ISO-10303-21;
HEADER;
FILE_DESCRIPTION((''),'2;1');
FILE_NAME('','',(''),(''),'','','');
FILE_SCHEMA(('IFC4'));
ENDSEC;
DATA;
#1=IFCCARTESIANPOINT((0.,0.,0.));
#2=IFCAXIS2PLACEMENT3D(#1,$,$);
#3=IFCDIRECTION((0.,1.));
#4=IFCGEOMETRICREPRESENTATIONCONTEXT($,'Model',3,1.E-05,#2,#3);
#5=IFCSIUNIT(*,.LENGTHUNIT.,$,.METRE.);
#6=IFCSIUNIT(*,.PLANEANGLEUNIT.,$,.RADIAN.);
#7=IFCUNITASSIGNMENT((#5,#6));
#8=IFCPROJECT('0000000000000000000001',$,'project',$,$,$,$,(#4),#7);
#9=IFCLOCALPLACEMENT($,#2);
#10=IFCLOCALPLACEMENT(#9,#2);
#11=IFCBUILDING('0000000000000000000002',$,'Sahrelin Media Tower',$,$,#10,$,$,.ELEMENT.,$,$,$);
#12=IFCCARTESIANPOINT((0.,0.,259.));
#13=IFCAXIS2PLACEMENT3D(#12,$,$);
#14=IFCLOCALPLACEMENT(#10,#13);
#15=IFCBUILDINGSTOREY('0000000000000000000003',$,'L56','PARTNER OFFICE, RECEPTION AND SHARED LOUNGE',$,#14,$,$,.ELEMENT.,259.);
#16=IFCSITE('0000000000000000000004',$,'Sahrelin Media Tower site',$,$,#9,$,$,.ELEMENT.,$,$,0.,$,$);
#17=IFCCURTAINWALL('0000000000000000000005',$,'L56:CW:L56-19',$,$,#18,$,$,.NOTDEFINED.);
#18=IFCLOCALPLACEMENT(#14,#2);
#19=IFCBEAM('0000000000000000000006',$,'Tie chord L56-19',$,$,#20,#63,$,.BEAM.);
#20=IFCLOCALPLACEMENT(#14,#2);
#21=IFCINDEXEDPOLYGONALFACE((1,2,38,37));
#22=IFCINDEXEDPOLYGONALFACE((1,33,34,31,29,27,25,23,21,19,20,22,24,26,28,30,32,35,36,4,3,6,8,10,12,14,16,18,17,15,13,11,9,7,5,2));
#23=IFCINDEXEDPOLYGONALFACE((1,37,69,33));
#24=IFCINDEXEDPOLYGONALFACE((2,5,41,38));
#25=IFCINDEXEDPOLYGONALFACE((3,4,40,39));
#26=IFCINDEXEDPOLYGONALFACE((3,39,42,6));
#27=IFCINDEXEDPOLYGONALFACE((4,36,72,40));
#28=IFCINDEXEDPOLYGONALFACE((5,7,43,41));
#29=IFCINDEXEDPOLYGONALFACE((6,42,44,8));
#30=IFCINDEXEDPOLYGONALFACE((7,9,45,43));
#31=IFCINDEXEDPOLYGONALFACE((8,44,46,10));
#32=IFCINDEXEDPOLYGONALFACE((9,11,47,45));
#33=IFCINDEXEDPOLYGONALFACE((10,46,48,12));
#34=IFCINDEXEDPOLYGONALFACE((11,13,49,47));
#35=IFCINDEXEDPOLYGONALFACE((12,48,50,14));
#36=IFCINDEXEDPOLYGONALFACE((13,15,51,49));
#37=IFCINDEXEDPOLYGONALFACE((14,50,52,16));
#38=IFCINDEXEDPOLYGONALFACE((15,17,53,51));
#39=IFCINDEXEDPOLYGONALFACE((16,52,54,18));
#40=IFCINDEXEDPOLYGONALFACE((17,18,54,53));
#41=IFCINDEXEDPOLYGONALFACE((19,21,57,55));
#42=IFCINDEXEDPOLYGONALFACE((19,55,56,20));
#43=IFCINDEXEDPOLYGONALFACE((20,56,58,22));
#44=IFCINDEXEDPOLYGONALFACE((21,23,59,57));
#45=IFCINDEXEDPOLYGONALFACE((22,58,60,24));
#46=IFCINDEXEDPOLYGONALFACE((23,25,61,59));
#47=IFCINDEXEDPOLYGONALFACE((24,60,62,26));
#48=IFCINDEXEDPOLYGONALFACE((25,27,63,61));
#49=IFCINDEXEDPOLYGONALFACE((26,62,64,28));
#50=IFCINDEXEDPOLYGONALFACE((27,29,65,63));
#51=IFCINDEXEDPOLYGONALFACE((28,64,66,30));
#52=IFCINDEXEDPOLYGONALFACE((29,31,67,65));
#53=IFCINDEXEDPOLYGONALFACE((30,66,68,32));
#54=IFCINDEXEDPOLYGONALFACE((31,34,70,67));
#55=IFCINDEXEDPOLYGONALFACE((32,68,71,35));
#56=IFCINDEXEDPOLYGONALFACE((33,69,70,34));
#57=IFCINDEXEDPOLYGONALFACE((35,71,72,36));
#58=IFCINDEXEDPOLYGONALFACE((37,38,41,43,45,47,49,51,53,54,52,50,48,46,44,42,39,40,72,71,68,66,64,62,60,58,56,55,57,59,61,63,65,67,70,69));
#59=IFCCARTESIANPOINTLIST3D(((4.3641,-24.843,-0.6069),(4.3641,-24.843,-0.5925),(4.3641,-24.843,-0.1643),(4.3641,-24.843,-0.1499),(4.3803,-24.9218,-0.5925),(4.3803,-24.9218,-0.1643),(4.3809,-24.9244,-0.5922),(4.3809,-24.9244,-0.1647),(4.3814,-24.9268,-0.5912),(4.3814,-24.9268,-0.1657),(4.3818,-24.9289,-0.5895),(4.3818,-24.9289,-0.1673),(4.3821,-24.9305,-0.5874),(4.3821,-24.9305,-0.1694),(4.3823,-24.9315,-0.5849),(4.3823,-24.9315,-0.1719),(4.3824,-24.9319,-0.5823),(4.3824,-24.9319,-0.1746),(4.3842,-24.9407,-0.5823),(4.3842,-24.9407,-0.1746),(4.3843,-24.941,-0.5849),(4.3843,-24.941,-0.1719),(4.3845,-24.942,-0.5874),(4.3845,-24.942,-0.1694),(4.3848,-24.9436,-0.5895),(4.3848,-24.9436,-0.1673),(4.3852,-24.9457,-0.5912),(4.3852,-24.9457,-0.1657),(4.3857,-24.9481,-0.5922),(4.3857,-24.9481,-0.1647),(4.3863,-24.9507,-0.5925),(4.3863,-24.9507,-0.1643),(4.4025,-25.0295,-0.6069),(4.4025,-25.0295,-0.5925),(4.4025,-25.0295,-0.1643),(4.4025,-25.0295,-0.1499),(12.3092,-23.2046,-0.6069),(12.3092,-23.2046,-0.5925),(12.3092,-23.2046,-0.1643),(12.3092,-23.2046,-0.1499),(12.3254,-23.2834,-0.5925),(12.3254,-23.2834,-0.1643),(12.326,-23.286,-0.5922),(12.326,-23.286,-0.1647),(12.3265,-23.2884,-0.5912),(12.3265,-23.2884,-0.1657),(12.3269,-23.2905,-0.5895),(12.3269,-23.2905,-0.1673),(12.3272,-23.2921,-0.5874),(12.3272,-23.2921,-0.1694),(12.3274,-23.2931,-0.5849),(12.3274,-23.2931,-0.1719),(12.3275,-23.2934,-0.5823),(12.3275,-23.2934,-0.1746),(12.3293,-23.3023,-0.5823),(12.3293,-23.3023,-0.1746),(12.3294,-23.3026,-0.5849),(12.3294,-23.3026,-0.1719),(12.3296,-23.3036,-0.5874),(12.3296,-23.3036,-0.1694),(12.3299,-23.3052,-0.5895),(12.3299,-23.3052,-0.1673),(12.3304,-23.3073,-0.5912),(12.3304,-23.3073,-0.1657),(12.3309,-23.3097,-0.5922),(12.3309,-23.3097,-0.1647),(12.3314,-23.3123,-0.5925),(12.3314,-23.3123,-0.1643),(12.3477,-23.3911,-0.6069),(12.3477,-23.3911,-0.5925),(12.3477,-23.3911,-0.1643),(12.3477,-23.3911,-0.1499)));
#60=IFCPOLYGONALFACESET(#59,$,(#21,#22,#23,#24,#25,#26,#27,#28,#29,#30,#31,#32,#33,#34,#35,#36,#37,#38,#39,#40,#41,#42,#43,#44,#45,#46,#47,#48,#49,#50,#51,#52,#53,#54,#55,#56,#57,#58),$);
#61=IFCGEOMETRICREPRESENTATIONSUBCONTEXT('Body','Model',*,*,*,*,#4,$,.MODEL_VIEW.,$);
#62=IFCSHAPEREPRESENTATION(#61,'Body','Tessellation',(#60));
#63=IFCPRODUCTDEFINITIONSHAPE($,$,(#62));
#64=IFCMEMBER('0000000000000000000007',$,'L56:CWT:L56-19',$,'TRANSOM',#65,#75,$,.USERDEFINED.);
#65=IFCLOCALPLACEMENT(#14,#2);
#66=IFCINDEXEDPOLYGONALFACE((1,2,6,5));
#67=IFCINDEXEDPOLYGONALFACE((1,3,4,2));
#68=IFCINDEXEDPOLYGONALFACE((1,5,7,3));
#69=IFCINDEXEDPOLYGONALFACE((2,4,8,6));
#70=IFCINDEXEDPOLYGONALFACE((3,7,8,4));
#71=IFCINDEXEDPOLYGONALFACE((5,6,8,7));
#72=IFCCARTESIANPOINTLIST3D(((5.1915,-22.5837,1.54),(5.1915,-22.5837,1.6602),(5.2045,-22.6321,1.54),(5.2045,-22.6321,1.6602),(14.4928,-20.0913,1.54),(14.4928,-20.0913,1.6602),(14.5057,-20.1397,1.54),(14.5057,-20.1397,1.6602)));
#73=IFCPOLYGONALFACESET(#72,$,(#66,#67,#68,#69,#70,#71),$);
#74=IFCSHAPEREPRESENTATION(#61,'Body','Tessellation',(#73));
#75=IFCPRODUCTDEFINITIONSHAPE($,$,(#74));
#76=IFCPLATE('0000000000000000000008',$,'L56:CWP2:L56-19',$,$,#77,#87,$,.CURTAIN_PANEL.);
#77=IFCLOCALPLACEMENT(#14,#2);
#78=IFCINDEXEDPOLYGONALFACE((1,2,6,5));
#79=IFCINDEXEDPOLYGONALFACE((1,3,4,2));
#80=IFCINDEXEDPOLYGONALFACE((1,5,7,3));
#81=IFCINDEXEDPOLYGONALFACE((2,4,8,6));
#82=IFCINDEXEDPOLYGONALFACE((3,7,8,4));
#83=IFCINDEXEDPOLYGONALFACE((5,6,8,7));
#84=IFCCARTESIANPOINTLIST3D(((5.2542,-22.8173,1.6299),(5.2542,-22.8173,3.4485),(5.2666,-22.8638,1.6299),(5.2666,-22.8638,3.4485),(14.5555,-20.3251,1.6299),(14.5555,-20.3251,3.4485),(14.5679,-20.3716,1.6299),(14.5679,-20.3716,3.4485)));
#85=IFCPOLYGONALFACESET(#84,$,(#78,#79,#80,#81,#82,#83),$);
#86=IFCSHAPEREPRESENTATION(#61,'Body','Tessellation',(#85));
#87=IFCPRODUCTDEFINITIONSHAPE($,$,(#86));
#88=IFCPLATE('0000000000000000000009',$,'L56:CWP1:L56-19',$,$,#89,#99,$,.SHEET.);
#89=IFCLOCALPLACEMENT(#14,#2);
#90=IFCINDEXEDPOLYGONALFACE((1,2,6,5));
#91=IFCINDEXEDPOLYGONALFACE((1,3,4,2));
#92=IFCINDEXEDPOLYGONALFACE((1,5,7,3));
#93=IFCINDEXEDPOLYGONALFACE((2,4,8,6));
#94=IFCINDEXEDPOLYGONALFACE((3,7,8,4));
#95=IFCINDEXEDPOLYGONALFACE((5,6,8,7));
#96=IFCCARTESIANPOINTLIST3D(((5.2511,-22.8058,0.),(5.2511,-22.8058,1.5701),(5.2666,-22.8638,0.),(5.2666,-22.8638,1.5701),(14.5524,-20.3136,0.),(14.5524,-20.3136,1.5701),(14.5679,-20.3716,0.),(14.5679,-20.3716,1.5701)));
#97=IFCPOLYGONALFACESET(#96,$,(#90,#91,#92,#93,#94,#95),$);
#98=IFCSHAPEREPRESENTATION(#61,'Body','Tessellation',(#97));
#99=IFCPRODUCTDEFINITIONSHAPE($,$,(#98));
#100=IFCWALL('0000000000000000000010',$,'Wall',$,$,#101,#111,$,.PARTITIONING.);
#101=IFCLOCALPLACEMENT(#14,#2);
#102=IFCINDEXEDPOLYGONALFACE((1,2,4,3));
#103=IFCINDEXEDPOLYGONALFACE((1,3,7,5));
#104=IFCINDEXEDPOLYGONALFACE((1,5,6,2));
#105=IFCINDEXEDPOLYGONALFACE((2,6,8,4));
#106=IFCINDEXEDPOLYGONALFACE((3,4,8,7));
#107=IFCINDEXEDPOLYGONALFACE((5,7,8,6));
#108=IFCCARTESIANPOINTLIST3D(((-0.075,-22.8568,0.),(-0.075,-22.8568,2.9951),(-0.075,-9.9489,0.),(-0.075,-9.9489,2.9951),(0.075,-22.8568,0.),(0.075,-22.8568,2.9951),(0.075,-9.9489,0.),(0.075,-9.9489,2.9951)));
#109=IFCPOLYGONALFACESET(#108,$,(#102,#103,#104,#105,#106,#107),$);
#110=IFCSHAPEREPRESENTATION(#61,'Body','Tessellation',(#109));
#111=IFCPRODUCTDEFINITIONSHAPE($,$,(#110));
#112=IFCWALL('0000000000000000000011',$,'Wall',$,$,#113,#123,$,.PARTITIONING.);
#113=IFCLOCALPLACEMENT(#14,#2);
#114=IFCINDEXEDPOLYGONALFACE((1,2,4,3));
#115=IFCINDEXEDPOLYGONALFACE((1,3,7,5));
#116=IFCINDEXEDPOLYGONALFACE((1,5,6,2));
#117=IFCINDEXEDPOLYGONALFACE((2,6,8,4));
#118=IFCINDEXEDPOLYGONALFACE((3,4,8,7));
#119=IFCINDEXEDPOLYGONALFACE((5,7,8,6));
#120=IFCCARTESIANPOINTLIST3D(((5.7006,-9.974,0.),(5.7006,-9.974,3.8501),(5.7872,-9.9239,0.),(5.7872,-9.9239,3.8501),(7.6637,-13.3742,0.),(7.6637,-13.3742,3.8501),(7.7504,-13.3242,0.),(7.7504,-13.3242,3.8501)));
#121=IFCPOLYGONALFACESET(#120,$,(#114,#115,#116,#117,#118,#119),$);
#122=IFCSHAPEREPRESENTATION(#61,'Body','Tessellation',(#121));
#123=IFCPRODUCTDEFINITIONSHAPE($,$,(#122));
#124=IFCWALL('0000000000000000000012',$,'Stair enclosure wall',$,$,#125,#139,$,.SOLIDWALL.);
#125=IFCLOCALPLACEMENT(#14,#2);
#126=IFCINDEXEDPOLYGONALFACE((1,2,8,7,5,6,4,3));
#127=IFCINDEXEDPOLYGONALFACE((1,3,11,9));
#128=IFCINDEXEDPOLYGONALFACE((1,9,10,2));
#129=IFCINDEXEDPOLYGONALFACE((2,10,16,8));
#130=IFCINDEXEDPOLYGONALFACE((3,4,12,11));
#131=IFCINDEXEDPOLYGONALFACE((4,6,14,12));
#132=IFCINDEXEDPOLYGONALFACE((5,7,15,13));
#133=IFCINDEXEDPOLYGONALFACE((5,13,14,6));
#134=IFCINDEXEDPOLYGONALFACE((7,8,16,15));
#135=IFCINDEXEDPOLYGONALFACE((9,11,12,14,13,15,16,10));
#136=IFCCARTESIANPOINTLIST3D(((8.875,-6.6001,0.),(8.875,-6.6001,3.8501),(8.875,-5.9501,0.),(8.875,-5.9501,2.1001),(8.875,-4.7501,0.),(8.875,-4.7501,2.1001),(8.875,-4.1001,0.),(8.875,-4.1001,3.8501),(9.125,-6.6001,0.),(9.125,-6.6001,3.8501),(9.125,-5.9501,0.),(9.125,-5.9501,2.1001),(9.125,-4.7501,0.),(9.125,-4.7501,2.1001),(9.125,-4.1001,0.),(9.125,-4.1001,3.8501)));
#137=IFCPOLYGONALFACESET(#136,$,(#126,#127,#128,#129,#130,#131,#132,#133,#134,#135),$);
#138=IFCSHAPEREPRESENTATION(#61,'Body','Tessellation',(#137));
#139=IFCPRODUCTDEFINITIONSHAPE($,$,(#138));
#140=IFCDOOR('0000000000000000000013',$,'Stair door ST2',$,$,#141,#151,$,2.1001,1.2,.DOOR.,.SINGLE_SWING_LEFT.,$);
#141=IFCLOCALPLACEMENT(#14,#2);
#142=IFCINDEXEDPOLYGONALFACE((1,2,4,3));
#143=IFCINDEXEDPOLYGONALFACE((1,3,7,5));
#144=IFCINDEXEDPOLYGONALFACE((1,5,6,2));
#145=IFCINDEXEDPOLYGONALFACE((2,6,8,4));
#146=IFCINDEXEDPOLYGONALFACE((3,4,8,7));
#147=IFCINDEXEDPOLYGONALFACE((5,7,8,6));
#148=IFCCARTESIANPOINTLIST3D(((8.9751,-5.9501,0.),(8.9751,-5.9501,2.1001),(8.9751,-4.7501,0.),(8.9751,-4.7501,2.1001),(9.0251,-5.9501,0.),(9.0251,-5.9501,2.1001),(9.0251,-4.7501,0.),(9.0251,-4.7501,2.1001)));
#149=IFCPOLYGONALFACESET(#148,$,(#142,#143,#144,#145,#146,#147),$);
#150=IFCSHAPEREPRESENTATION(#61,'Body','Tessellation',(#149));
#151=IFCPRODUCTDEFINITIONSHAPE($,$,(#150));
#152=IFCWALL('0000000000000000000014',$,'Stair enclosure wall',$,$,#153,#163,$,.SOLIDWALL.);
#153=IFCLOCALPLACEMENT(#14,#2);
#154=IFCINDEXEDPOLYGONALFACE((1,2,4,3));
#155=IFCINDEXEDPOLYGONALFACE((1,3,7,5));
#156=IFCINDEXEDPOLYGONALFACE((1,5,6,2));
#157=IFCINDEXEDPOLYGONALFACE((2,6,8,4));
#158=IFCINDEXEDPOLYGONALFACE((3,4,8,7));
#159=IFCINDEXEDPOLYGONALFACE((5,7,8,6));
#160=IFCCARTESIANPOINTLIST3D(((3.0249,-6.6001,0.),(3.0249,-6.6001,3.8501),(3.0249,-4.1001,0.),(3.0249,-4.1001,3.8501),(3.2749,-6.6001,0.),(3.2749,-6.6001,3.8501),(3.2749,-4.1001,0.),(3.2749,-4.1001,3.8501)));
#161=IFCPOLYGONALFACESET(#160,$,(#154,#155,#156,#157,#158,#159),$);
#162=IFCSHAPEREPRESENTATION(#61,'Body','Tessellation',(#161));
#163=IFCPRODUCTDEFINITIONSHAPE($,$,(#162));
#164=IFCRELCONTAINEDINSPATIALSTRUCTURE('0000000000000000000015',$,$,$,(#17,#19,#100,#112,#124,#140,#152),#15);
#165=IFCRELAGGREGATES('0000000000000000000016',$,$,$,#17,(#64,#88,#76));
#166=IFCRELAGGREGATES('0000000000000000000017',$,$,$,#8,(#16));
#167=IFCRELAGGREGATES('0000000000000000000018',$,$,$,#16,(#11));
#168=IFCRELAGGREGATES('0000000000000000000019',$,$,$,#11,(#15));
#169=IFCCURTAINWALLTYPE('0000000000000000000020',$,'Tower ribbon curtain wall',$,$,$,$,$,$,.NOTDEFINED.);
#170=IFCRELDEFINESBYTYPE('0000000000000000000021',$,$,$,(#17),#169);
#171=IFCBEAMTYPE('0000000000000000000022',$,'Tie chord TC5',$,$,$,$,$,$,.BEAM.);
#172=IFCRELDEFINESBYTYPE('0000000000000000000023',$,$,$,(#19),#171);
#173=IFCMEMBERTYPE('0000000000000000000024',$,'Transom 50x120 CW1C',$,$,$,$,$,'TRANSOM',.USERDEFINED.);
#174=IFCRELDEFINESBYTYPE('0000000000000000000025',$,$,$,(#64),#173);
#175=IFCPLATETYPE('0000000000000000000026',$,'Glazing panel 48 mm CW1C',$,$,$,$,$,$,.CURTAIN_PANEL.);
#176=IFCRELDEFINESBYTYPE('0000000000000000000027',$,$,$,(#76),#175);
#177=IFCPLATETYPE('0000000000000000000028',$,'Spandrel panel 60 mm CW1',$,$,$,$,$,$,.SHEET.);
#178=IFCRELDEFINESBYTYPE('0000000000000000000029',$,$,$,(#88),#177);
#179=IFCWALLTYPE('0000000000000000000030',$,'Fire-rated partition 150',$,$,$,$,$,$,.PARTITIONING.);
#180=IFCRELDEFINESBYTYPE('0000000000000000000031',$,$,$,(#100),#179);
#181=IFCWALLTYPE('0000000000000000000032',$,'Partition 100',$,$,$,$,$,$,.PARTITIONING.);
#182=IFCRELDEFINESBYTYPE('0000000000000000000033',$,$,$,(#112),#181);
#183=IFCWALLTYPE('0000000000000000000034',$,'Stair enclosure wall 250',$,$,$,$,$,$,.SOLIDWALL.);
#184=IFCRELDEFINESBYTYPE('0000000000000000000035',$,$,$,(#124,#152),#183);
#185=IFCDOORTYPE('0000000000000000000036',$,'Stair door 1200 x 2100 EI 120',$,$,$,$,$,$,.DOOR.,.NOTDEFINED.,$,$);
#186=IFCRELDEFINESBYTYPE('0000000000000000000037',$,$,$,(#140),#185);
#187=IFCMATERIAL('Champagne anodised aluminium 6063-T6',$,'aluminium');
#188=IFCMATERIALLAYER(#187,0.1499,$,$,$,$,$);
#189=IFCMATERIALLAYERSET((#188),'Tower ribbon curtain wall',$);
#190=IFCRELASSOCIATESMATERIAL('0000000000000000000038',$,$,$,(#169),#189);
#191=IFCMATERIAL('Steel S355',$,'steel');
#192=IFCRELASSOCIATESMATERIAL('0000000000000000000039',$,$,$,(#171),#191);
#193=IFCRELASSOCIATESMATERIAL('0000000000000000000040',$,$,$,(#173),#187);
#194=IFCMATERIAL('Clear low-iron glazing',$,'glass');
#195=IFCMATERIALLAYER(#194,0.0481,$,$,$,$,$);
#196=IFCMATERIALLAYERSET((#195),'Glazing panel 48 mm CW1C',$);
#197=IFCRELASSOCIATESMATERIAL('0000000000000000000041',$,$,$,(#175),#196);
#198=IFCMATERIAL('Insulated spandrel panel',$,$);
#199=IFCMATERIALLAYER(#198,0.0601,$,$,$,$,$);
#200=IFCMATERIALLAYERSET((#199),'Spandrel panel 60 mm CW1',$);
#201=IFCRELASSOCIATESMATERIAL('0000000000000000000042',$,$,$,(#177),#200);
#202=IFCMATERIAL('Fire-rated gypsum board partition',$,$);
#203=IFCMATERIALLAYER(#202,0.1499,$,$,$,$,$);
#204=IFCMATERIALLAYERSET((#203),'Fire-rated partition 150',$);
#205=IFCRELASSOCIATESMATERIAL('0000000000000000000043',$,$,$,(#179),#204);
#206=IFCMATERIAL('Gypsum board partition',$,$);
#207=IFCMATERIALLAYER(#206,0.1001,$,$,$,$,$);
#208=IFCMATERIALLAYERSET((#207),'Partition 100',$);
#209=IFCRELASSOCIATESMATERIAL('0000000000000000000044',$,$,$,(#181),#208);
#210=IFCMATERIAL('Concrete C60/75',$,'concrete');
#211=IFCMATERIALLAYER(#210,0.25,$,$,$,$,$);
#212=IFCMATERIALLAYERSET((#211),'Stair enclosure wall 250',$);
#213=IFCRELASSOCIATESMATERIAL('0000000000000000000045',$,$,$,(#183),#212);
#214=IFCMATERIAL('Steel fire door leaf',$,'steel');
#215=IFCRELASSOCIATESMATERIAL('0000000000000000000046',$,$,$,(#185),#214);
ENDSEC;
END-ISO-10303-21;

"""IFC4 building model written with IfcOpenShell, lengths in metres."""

from ifc_helpers import new_model, si_unit, direction, frame, frame_2d, origin, origin_2d, place, context, subcontext, project, spatial, polyline, rectangle, i_section, outline, extrude, material, layer, layer_set, material_profile, profile_set, type_object, element, fill, aggregate, save


model = new_model("IFC4")

# Units and contexts
model_context = context("Model", 3, precision=1e-05, world=origin(), true_north=direction((0.0, 1.0)))
body_context = subcontext(model_context, "Body", "Model", "MODEL_VIEW")
ifc_project = project(units=[si_unit("LENGTHUNIT", "METRE"), si_unit("PLANEANGLEUNIT", "RADIAN")], contexts=[model_context])

# Site, building, storey
site_placement = place(None, origin())
site = spatial("IfcSite", under=ifc_project, at=site_placement, Name="Sahrelin Media Tower site", CompositionType="ELEMENT", RefElevation=0.0)
building_placement = place(site_placement, origin())
building = spatial("IfcBuilding", under=site, at=building_placement, Name="Sahrelin Media Tower", CompositionType="ELEMENT")
storey_placement = place(building_placement, frame((0.0, 0.0, 259.0)))
storey = spatial("IfcBuildingStorey", under=building, at=storey_placement, Name="L56", Description="PARTNER OFFICE, RECEPTION AND SHARED LOUNGE", CompositionType="ELEMENT", Elevation=259.0)

# Shared definitions
ifc_material_1 = material(Name="Steel S355", Category="steel")

# Curtain wall
ifc_material_2 = material(Name="Champagne anodised aluminium 6063-T6", Category="aluminium")
ifc_layer_1 = layer(ifc_material_2, 0.1499)
ifc_layer_set_1 = layer_set([ifc_layer_1], Name="Tower ribbon curtain wall")
curtain_wall_type = type_object("IfcCurtainWallType", Name="Tower ribbon curtain wall", PredefinedType="NOTDEFINED", material=ifc_layer_set_1)
curtain_wall_1_placement = place(storey_placement, frame((9.9121, -21.5984, 0.0), z_axis=(0.0, 0.0, 1.0), x_axis=(1.0, 0.0, 0.0)))
curtain_wall_1 = element("IfcCurtainWall", 1, at=curtain_wall_1_placement, inside=storey, type_object=curtain_wall_type, Name="L56:CW:L56-19", PredefinedType="NOTDEFINED")

# Beam
ifc_material_profile_1 = material_profile(ifc_material_1, i_section(OverallWidth=0.1904, OverallDepth=0.457, WebThickness=0.009, FlangeThickness=0.0144, FilletRadius=0.0103, at=origin_2d()), Name="UB 457x191x74")
ifc_profile_set_1 = profile_set([ifc_material_profile_1], Name="Steel S355")
beam_type_1 = type_object("IfcBeamType", Name="Tie chord TC5", PredefinedType="BEAM", material=ifc_profile_set_1)
beam_1_placement = place(storey_placement, frame((4.3833, -24.9363, -0.3784), z_axis=(0.979392, 0.20197, 0.0), x_axis=(-0.20197, 0.979392, 0.0)))
element("IfcBeam", 2, at=beam_1_placement, inside=storey, type_object=beam_type_1, Name="Tie chord L56-19", PredefinedType="BEAM", context=body_context, shape_type="SweptSolid", body=[
    extrude(i_section(OverallWidth=0.1904, OverallDepth=0.457, WebThickness=0.009, FlangeThickness=0.0144, FilletRadius=0.0103, at=origin_2d()), origin(), (0.0, 0.0, 1.0), 8.1123),
])

# Member
ifc_material_profile_2 = material_profile(ifc_material_2, rectangle(XDim=0.05, YDim=0.1201, at=origin_2d()), Name="Transom 50x120")
ifc_profile_set_2 = profile_set([ifc_material_profile_2], Name="Champagne anodised aluminium 6063-T6")
member_type_1 = type_object("IfcMemberType", Name="Transom 50x120 CW1C", ElementType="TRANSOM", PredefinedType="USERDEFINED", material=ifc_profile_set_2)
member_1_placement = place(storey_placement, frame((5.198, -22.6079, 1.6001), z_axis=(0.965922, 0.258835, 0.0), x_axis=(-0.258835, 0.965922, 0.0)))
member_1 = element("IfcMember", 3, at=member_1_placement, type_object=member_type_1, Name="L56:CWT:L56-19", ObjectType="TRANSOM", PredefinedType="USERDEFINED", context=body_context, shape_type="SweptSolid", body=[
    extrude(rectangle(XDim=0.05, YDim=0.1201, at=origin_2d()), origin(), (0.0, 0.0, 1.0), 9.6294),
])

# Plates
ifc_material_3 = material(Name="Clear low-iron glazing", Category="glass")
ifc_layer_2 = layer(ifc_material_3, 0.0481)
ifc_layer_set_2 = layer_set([ifc_layer_2], Name="Glazing panel 48 mm CW1C")
plate_type_1 = type_object("IfcPlateType", Name="Glazing panel 48 mm CW1C", PredefinedType="CURTAIN_PANEL", material=ifc_layer_set_2)
plate_1_placement = place(storey_placement, frame((5.2666, -22.8638, 1.6299), z_axis=(0.258811, -0.965928, 0.0), x_axis=(0.965928, 0.258811, 0.0)))
plate_1 = element("IfcPlate", 4, at=plate_1_placement, type_object=plate_type_1, Name="L56:CWP2:L56-19", PredefinedType="CURTAIN_PANEL", context=body_context, shape_type="SweptSolid", body=[
    extrude(outline(polyline([(0.0, 0.0), (9.6294, 0.0), (9.6294, 1.8186), (0.0, 1.8186), (0.0, 0.0)])), origin(), (0.0, 0.0, -1.0), 0.0481),
])
ifc_material_4 = material(Name="Insulated spandrel panel")
ifc_layer_3 = layer(ifc_material_4, 0.0601)
ifc_layer_set_3 = layer_set([ifc_layer_3], Name="Spandrel panel 60 mm CW1")
plate_type_2 = type_object("IfcPlateType", Name="Spandrel panel 60 mm CW1", PredefinedType="SHEET", material=ifc_layer_set_3)
plate_2_placement = place(storey_placement, frame((5.2666, -22.8638, 0.0), z_axis=(0.258811, -0.965928, 0.0), x_axis=(0.965928, 0.258811, 0.0)))
plate_2 = element("IfcPlate", 5, at=plate_2_placement, type_object=plate_type_2, Name="L56:CWP1:L56-19", PredefinedType="SHEET", context=body_context, shape_type="SweptSolid", body=[
    extrude(outline(polyline([(0.0, 0.0), (9.6294, 0.0), (9.6294, 1.5701), (0.0, 1.5701), (0.0, 0.0)])), origin(), (0.0, 0.0, -1.0), 0.0601),
])
aggregate(curtain_wall_1, [member_1, plate_2, plate_1])

# Walls
ifc_material_5 = material(Name="Fire-rated gypsum board partition")
ifc_layer_4 = layer(ifc_material_5, 0.1499)
ifc_layer_set_4 = layer_set([ifc_layer_4], Name="Fire-rated partition 150")
wall_type_1 = type_object("IfcWallType", Name="Fire-rated partition 150", PredefinedType="PARTITIONING", material=ifc_layer_set_4)
wall_1_placement = place(storey_placement, frame((0.0, -22.8569, 0.0), z_axis=(0.0, 0.0, 1.0), x_axis=(0.0, 1.0, 0.0)))
element("IfcWall", 6, at=wall_1_placement, inside=storey, type_object=wall_type_1, Name="Wall", PredefinedType="PARTITIONING", context=body_context, shape_type="SweptSolid", body=[
    extrude(rectangle(XDim=12.908, YDim=0.1499, at=frame_2d((6.4541, 0.0))), origin(), (0.0, 0.0, 1.0), 2.9951),
])
ifc_material_6 = material(Name="Gypsum board partition")
ifc_layer_5 = layer(ifc_material_6, 0.1001)
ifc_layer_set_5 = layer_set([ifc_layer_5], Name="Partition 100")
wall_type_2 = type_object("IfcWallType", Name="Partition 100", PredefinedType="PARTITIONING", material=ifc_layer_set_5)
wall_2_placement = place(storey_placement, frame((5.7439, -9.949, 0.0), z_axis=(0.0, 0.0, 1.0), x_axis=(0.500011, -0.866019, 0.0)))
element("IfcWall", 7, at=wall_2_placement, inside=storey, type_object=wall_type_2, Name="Wall", PredefinedType="PARTITIONING", context=body_context, shape_type="SweptSolid", body=[
    extrude(rectangle(XDim=3.9263, YDim=0.1001, at=frame_2d((1.9631, 0.0))), origin(), (0.0, 0.0, 1.0), 3.8501),
])

# Wall, opening, door
ifc_material_7 = material(Name="Concrete C60/75", Category="concrete")
ifc_layer_6 = layer(ifc_material_7, 0.25)
ifc_layer_set_6 = layer_set([ifc_layer_6], Name="Stair enclosure wall 250")
wall_type_3 = type_object("IfcWallType", Name="Stair enclosure wall 250", PredefinedType="SOLIDWALL", material=ifc_layer_set_6)
wall_3_placement = place(storey_placement, frame((9.0, -6.6001, 0.0), z_axis=(0.0, 0.0, 1.0), x_axis=(0.0, 1.0, 0.0)))
wall_3 = element("IfcWall", 8, at=wall_3_placement, inside=storey, type_object=wall_type_3, Name="Stair enclosure wall", PredefinedType="SOLIDWALL", context=body_context, shape_type="SweptSolid", body=[
    extrude(rectangle(XDim=2.5, YDim=0.25, at=frame_2d((1.25, 0.0))), origin(), (0.0, 0.0, 1.0), 3.8501),
])
opening_placement = place(wall_3_placement, frame((0.6499, 0.0, 0.0)))
opening = element("IfcOpeningElement", 9, at=opening_placement, cuts=wall_3, PredefinedType="OPENING", context=body_context, shape_type="SweptSolid", body=[
    extrude(rectangle(XDim=1.2, YDim=2.1001, at=frame_2d((0.6001, 1.05))), frame((0.0, 0.125, 0.0), z_axis=(0.0, -1.0, 0.0), x_axis=(1.0, 0.0, 0.0)), (0.0, 0.0, 1.0), 0.25),
])
ifc_material_8 = material(Name="Steel fire door leaf", Category="steel")
door_type = type_object("IfcDoorType", Name="Stair door 1200 x 2100 EI 120", OperationType="NOTDEFINED", PredefinedType="DOOR", material=ifc_material_8)
door_placement = place(opening_placement, origin())
door = element("IfcDoor", 10, at=door_placement, inside=storey, type_object=door_type, Name="Stair door ST2", OperationType="SINGLE_SWING_LEFT", OverallHeight=2.1001, OverallWidth=1.2, PredefinedType="DOOR", context=body_context, shape_type="SweptSolid", body=[
    extrude(rectangle(XDim=1.2, YDim=2.1001, at=frame_2d((0.6001, 1.05))), frame((0.0, 0.0249, 0.0), z_axis=(0.0, -1.0, 0.0), x_axis=(1.0, 0.0, 0.0)), (0.0, 0.0, 1.0), 0.05),
])
fill(opening, door)

# Wall
wall_4_placement = place(storey_placement, frame((3.1499, -6.6001, 0.0), z_axis=(0.0, 0.0, 1.0), x_axis=(0.0, 1.0, 0.0)))
element("IfcWall", 11, at=wall_4_placement, inside=storey, type_object=wall_type_3, Name="Stair enclosure wall", PredefinedType="SOLIDWALL", context=body_context, shape_type="SweptSolid", body=[
    extrude(rectangle(XDim=2.5, YDim=0.25, at=frame_2d((1.25, 0.0))), origin(), (0.0, 0.0, 1.0), 3.8501),
])

save(model, "model.ifc")
